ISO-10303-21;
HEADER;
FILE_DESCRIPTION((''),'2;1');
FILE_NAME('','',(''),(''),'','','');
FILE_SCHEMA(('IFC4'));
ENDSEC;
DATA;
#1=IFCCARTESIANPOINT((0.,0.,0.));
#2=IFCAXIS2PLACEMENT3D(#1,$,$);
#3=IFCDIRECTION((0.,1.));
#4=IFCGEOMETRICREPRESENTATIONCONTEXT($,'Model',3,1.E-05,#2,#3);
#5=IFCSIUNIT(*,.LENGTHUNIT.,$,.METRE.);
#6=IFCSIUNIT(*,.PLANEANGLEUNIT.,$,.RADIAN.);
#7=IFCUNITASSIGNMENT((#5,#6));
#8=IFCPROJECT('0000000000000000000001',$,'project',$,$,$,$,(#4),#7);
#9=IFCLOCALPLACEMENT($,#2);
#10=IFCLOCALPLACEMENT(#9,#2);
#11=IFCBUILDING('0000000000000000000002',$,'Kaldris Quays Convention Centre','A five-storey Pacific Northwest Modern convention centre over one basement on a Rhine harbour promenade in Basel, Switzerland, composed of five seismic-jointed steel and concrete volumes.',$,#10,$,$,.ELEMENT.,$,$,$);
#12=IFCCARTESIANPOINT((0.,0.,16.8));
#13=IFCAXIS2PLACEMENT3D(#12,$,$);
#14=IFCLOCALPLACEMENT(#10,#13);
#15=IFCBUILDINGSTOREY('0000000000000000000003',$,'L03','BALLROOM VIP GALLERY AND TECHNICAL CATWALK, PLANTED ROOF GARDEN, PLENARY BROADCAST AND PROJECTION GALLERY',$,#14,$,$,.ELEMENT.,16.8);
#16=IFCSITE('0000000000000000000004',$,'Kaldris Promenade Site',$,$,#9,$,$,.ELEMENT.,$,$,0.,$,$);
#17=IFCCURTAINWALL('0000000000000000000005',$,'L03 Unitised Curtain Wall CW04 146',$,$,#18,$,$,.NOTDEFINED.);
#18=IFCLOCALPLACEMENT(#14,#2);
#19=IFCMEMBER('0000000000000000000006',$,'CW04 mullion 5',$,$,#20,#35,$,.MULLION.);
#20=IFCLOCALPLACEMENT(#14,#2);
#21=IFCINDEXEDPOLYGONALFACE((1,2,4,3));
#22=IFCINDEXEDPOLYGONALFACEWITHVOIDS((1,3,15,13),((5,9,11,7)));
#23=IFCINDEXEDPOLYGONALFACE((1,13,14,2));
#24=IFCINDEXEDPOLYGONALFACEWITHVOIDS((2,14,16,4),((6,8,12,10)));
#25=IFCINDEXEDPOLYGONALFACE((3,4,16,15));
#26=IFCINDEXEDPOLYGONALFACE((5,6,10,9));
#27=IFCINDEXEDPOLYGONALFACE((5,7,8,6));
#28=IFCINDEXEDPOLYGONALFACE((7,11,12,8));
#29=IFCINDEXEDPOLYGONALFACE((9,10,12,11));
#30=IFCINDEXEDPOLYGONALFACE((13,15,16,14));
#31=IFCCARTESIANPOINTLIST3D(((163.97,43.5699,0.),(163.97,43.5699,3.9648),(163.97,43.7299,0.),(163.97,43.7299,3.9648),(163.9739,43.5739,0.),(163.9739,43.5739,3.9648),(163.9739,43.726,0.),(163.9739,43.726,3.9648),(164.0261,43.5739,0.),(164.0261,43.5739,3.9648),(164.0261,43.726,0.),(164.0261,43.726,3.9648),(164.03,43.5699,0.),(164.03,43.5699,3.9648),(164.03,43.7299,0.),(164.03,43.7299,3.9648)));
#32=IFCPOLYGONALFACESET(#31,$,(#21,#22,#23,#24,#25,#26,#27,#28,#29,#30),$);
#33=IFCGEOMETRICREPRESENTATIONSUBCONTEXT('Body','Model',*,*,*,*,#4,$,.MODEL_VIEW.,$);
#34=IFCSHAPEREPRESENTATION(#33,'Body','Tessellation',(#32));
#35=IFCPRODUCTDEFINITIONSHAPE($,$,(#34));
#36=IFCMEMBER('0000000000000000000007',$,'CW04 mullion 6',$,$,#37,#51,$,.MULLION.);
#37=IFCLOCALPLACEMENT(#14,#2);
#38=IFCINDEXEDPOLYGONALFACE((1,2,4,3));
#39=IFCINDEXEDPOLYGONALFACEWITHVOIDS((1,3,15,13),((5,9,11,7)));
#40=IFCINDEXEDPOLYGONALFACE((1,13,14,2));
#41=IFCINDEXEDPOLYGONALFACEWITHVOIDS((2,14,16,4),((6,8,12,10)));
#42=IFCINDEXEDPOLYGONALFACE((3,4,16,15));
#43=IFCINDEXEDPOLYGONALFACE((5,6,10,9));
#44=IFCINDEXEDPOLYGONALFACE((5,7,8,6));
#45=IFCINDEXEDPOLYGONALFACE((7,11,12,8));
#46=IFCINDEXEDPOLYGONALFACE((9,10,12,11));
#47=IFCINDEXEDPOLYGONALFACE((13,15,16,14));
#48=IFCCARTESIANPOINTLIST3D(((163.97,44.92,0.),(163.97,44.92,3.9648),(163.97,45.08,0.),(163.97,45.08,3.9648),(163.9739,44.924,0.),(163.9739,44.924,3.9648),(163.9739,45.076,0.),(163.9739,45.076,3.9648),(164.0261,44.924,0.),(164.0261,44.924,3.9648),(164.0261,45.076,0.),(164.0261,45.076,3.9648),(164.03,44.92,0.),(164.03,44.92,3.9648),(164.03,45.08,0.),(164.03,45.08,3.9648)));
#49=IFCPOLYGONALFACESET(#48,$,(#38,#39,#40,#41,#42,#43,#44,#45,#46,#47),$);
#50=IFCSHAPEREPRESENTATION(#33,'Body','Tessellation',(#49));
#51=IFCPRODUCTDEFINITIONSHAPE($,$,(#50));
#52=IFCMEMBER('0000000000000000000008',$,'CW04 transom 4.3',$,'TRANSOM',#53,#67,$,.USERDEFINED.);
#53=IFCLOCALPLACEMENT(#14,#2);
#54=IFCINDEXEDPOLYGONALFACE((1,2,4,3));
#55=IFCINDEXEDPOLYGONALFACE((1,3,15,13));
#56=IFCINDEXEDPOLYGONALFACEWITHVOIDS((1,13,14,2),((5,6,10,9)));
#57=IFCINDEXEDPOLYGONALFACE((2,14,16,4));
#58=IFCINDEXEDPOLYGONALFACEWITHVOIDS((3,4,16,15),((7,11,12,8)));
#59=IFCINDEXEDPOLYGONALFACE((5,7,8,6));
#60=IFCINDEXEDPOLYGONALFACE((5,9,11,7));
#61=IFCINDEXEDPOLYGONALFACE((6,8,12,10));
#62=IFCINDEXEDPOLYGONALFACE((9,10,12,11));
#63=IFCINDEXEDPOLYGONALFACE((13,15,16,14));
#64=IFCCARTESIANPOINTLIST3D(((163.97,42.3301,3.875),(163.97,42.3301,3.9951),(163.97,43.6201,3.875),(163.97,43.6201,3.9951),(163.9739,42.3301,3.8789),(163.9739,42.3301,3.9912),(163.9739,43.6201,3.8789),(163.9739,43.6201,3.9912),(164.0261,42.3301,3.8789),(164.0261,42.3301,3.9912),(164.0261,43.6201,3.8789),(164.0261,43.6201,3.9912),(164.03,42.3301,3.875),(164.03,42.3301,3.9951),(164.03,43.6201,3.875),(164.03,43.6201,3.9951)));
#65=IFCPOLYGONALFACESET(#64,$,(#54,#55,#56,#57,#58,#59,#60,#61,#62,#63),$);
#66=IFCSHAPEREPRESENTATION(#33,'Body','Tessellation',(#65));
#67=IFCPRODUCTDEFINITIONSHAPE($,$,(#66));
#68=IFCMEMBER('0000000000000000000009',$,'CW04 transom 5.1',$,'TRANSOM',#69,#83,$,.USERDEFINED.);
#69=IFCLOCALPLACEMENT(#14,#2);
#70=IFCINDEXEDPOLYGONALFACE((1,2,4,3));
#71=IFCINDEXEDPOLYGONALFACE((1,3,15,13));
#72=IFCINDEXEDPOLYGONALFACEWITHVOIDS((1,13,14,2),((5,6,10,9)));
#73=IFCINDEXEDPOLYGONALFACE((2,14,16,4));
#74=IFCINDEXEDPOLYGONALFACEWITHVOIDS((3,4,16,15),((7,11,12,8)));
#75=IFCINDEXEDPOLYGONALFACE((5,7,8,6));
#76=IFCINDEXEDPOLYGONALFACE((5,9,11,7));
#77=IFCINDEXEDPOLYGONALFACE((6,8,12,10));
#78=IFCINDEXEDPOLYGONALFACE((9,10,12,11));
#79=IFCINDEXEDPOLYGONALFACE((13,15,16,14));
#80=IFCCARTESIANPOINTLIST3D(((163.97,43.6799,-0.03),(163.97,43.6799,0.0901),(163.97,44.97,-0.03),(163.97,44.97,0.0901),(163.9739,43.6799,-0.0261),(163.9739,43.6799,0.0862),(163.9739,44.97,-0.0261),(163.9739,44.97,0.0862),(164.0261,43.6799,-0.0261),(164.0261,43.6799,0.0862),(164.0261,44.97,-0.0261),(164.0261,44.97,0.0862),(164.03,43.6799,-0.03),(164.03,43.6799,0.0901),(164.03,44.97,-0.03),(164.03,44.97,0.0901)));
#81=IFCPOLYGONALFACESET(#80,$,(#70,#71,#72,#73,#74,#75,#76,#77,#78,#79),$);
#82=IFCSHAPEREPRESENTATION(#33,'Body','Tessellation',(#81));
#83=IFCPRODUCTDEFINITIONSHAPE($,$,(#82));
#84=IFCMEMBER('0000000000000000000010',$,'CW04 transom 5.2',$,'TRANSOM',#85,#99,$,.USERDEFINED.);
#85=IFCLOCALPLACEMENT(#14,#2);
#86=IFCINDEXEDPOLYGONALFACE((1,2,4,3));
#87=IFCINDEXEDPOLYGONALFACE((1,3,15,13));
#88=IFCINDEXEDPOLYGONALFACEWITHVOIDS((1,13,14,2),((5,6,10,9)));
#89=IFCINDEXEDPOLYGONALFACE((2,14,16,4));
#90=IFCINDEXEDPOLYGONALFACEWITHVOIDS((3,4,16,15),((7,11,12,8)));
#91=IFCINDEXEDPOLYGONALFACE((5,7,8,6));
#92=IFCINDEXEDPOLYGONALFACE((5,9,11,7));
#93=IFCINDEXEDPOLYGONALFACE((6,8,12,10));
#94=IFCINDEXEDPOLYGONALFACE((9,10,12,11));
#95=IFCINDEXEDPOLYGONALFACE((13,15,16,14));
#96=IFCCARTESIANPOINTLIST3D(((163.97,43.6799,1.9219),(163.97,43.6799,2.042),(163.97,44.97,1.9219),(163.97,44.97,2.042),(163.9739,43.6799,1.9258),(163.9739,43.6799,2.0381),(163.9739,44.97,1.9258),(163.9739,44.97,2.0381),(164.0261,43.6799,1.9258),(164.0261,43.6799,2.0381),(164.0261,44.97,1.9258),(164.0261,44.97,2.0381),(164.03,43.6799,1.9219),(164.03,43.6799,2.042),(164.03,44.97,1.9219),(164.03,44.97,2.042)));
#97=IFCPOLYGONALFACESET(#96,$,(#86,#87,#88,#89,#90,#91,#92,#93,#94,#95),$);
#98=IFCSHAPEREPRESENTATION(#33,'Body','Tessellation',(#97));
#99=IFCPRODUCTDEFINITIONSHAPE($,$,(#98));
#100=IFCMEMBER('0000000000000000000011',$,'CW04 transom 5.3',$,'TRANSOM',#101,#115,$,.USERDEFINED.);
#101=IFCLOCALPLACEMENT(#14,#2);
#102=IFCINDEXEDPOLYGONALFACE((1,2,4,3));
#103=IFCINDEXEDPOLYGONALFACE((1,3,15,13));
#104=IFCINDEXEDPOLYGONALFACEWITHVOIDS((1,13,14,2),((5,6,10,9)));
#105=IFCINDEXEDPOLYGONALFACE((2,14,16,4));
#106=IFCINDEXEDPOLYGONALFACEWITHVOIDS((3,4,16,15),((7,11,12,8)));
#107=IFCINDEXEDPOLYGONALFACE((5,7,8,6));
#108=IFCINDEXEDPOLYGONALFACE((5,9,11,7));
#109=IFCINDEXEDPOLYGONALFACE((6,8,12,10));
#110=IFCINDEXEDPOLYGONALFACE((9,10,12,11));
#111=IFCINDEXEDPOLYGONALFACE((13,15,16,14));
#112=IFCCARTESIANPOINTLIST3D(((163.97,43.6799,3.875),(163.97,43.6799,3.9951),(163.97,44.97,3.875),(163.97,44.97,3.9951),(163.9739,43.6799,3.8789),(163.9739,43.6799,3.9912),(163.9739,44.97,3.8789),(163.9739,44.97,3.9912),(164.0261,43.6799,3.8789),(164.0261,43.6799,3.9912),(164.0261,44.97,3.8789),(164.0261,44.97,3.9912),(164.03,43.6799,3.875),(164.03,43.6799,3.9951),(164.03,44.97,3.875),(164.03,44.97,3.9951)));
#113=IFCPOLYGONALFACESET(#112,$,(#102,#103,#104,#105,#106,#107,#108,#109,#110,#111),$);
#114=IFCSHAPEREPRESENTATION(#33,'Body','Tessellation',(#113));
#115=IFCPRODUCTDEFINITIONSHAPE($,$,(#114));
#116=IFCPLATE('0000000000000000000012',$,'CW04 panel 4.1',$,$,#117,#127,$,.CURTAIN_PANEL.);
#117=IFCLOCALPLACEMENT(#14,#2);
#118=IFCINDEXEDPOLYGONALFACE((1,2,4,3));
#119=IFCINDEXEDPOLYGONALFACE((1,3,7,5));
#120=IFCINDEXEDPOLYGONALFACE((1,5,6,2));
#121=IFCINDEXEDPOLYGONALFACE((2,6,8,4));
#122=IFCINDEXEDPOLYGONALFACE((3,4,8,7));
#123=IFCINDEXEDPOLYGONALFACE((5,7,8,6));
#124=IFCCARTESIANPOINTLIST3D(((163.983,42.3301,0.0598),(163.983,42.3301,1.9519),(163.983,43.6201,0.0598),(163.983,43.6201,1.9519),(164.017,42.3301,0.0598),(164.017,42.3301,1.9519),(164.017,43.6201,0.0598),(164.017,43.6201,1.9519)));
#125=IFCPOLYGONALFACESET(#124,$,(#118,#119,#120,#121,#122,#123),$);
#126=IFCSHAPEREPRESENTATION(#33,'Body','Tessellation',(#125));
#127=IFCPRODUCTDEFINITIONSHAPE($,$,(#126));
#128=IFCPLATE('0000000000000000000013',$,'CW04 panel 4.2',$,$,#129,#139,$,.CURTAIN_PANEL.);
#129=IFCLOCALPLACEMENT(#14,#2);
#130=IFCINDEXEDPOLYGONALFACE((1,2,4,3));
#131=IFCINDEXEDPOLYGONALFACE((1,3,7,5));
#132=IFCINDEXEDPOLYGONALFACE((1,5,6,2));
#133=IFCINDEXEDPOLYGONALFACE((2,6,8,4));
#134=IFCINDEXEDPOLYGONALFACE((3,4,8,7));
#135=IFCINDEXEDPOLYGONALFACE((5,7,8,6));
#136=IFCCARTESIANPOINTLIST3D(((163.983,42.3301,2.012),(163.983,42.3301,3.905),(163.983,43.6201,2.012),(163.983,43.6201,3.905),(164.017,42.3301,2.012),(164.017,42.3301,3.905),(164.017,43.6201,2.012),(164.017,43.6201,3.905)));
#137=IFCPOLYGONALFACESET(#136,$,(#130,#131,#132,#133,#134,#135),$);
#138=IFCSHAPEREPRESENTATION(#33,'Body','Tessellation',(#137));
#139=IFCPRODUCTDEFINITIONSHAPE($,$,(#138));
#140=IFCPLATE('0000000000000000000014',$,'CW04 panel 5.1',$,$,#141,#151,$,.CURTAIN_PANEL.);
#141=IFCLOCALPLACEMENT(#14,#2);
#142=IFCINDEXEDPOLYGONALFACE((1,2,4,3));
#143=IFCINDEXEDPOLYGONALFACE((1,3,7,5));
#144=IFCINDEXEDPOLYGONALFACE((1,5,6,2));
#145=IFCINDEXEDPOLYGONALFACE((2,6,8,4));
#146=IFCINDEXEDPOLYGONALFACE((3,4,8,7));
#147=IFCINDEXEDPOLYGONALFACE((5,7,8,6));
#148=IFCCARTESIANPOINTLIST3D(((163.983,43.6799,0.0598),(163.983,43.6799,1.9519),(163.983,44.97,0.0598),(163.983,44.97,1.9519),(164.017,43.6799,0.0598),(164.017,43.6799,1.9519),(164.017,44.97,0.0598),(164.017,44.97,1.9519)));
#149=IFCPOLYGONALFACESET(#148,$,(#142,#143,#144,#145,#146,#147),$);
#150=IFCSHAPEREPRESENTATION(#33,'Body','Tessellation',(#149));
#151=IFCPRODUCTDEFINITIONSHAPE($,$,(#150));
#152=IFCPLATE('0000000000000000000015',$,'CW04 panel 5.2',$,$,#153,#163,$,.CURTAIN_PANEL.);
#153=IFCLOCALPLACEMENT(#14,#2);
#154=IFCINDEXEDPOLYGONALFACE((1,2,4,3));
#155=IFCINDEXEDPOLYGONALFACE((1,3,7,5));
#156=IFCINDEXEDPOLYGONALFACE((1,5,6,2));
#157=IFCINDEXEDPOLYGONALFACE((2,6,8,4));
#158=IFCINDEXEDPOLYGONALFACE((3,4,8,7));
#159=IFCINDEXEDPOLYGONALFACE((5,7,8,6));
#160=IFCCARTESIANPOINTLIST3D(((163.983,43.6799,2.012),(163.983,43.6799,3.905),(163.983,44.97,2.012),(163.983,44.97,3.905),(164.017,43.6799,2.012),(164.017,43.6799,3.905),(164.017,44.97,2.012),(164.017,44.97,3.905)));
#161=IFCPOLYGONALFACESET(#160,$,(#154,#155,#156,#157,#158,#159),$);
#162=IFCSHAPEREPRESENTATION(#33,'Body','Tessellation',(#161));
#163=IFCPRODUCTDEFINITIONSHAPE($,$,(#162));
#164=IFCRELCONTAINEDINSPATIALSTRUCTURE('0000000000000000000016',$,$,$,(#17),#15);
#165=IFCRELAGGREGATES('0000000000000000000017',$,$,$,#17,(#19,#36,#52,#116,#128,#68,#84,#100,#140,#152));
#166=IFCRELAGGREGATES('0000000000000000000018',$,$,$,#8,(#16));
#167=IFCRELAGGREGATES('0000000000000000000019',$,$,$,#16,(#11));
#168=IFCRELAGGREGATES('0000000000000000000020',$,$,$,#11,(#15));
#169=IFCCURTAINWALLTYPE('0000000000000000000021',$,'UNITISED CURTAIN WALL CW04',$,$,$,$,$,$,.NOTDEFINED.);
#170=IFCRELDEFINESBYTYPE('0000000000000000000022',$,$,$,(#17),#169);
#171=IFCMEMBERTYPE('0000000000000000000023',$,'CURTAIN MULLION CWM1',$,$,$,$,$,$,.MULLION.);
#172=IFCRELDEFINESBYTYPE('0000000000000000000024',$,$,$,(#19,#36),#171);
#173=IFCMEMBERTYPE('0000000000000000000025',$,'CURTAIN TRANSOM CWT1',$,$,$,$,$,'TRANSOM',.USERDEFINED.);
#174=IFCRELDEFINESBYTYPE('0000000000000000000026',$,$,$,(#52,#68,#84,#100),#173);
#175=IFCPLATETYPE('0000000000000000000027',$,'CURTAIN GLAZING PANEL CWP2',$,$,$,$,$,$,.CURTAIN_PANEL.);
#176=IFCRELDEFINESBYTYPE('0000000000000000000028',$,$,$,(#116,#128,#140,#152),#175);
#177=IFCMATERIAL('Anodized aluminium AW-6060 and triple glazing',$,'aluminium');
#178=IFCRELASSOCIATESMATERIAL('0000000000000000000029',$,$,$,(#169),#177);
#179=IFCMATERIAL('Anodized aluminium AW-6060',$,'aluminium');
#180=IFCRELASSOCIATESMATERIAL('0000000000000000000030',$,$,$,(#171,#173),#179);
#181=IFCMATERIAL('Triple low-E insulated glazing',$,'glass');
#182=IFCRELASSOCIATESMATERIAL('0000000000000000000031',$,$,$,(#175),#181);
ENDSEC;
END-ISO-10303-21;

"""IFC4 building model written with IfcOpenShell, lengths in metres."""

from ifc_helpers import new_model, si_unit, direction, frame, origin, origin_2d, place, context, subcontext, project, spatial, rectangle, hollow_rectangle, extrude, material, material_profile, profile_set, type_object, element, aggregate, save


model = new_model("IFC4")

# Units and contexts
model_context = context("Model", 3, precision=1e-05, world=origin(), true_north=direction((0.0, 1.0)))
body_context = subcontext(model_context, "Body", "Model", "MODEL_VIEW")
ifc_project = project(units=[si_unit("LENGTHUNIT", "METRE"), si_unit("PLANEANGLEUNIT", "RADIAN")], contexts=[model_context])

# Site, building, storey
site_placement = place(None, origin())
site = spatial("IfcSite", under=ifc_project, at=site_placement, Name="Kaldris Promenade Site", CompositionType="ELEMENT", RefElevation=0.0)
building_placement = place(site_placement, origin())
building = spatial("IfcBuilding", under=site, at=building_placement, Name="Kaldris Quays Convention Centre", Description="A five-storey Pacific Northwest Modern convention centre over one basement on a Rhine harbour promenade in Basel, Switzerland, composed of five seismic-jointed steel and concrete volumes.", CompositionType="ELEMENT")
storey_placement = place(building_placement, frame((0.0, 0.0, 16.8)))
storey = spatial("IfcBuildingStorey", under=building, at=storey_placement, Name="L03", Description="BALLROOM VIP GALLERY AND TECHNICAL CATWALK, PLANTED ROOF GARDEN, PLENARY BROADCAST AND PROJECTION GALLERY", CompositionType="ELEMENT", Elevation=16.8)

# Curtain wall, members, plates
ifc_material_1 = material(Name="Anodized aluminium AW-6060 and triple glazing", Category="aluminium")
curtain_wall_type = type_object("IfcCurtainWallType", Name="UNITISED CURTAIN WALL CW04", PredefinedType="NOTDEFINED", material=ifc_material_1)
curtain_wall_placement = place(storey_placement, origin())
curtain_wall = element("IfcCurtainWall", 1, at=curtain_wall_placement, inside=storey, type_object=curtain_wall_type, Name="L03 Unitised Curtain Wall CW04 146", PredefinedType="NOTDEFINED")
ifc_material_2 = material(Name="Anodized aluminium AW-6060", Category="aluminium")
ifc_material_profile_1 = material_profile(ifc_material_2, hollow_rectangle(XDim=0.0601, YDim=0.1599, WallThickness=0.0039, at=origin_2d()), Name="RHS 160x60x4")
ifc_profile_set_1 = profile_set([ifc_material_profile_1], Name="Anodized aluminium AW-6060")
member_type_1 = type_object("IfcMemberType", Name="CURTAIN MULLION CWM1", PredefinedType="MULLION", material=ifc_profile_set_1)
member_1_placement = place(storey_placement, frame((164.0, 43.6499, 0.0), z_axis=(0.0, 0.0, 1.0), x_axis=(-1.0, 0.0, 0.0)))
member_1 = element("IfcMember", 2, at=member_1_placement, type_object=member_type_1, Name="CW04 mullion 5", PredefinedType="MULLION", context=body_context, shape_type="SweptSolid", body=[
    extrude(hollow_rectangle(XDim=0.0601, YDim=0.1599, WallThickness=0.0039, at=origin_2d()), origin(), (0.0, 0.0, 1.0), 3.9648),
])
member_2_placement = place(storey_placement, frame((164.0, 45.0, 0.0), z_axis=(0.0, 0.0, 1.0), x_axis=(-1.0, 0.0, 0.0)))
member_2 = element("IfcMember", 3, at=member_2_placement, type_object=member_type_1, Name="CW04 mullion 6", PredefinedType="MULLION", context=body_context, shape_type="SweptSolid", body=[
    extrude(hollow_rectangle(XDim=0.0601, YDim=0.1599, WallThickness=0.0039, at=origin_2d()), origin(), (0.0, 0.0, 1.0), 3.9648),
])
ifc_material_profile_2 = material_profile(ifc_material_2, hollow_rectangle(XDim=0.0601, YDim=0.1201, WallThickness=0.0039, at=origin_2d()), Name="RHS 120x60x4")
ifc_profile_set_2 = profile_set([ifc_material_profile_2], Name="Anodized aluminium AW-6060")
member_type_2 = type_object("IfcMemberType", Name="CURTAIN TRANSOM CWT1", ElementType="TRANSOM", PredefinedType="USERDEFINED", material=ifc_profile_set_2)
member_3_placement = place(storey_placement, frame((164.0, 42.3301, 3.9351), z_axis=(0.0, 1.0, 0.0), x_axis=(-1.0, 0.0, 0.0)))
member_3 = element("IfcMember", 4, at=member_3_placement, type_object=member_type_2, Name="CW04 transom 4.3", ObjectType="TRANSOM", PredefinedType="USERDEFINED", context=body_context, shape_type="SweptSolid", body=[
    extrude(hollow_rectangle(XDim=0.0601, YDim=0.1201, WallThickness=0.0039, at=origin_2d()), origin(), (0.0, 0.0, 1.0), 1.29),
])
member_4_placement = place(storey_placement, frame((164.0, 43.6799, 0.03), z_axis=(0.0, 1.0, 0.0), x_axis=(-1.0, 0.0, 0.0)))
member_4 = element("IfcMember", 5, at=member_4_placement, type_object=member_type_2, Name="CW04 transom 5.1", ObjectType="TRANSOM", PredefinedType="USERDEFINED", context=body_context, shape_type="SweptSolid", body=[
    extrude(hollow_rectangle(XDim=0.0601, YDim=0.1201, WallThickness=0.0039, at=origin_2d()), origin(), (0.0, 0.0, 1.0), 1.29),
])
member_5_placement = place(storey_placement, frame((164.0, 43.6799, 1.9819), z_axis=(0.0, 1.0, 0.0), x_axis=(-1.0, 0.0, 0.0)))
member_5 = element("IfcMember", 6, at=member_5_placement, type_object=member_type_2, Name="CW04 transom 5.2", ObjectType="TRANSOM", PredefinedType="USERDEFINED", context=body_context, shape_type="SweptSolid", body=[
    extrude(hollow_rectangle(XDim=0.0601, YDim=0.1201, WallThickness=0.0039, at=origin_2d()), origin(), (0.0, 0.0, 1.0), 1.29),
])
member_6_placement = place(storey_placement, frame((164.0, 43.6799, 3.9351), z_axis=(0.0, 1.0, 0.0), x_axis=(-1.0, 0.0, 0.0)))
member_6 = element("IfcMember", 7, at=member_6_placement, type_object=member_type_2, Name="CW04 transom 5.3", ObjectType="TRANSOM", PredefinedType="USERDEFINED", context=body_context, shape_type="SweptSolid", body=[
    extrude(hollow_rectangle(XDim=0.0601, YDim=0.1201, WallThickness=0.0039, at=origin_2d()), origin(), (0.0, 0.0, 1.0), 1.29),
])
ifc_material_3 = material(Name="Triple low-E insulated glazing", Category="glass")
plate_type = type_object("IfcPlateType", Name="CURTAIN GLAZING PANEL CWP2", PredefinedType="CURTAIN_PANEL", material=ifc_material_3)
plate_1_placement = place(storey_placement, frame((164.0, 42.9751, 0.0598), z_axis=(0.0, 0.0, 1.0), x_axis=(0.0, 1.0, 0.0)))
plate_1 = element("IfcPlate", 8, at=plate_1_placement, type_object=plate_type, Name="CW04 panel 4.1", PredefinedType="CURTAIN_PANEL", context=body_context, shape_type="SweptSolid", body=[
    extrude(rectangle(XDim=1.29, YDim=0.0339, at=origin_2d()), origin(), (0.0, 0.0, 1.0), 1.8921),
])
plate_2_placement = place(storey_placement, frame((164.0, 42.9751, 2.012), z_axis=(0.0, 0.0, 1.0), x_axis=(0.0, 1.0, 0.0)))
plate_2 = element("IfcPlate", 9, at=plate_2_placement, type_object=plate_type, Name="CW04 panel 4.2", PredefinedType="CURTAIN_PANEL", context=body_context, shape_type="SweptSolid", body=[
    extrude(rectangle(XDim=1.29, YDim=0.0339, at=origin_2d()), origin(), (0.0, 0.0, 1.0), 1.8931),
])
plate_3_placement = place(storey_placement, frame((164.0, 44.325, 0.0598), z_axis=(0.0, 0.0, 1.0), x_axis=(0.0, 1.0, 0.0)))
plate_3 = element("IfcPlate", 10, at=plate_3_placement, type_object=plate_type, Name="CW04 panel 5.1", PredefinedType="CURTAIN_PANEL", context=body_context, shape_type="SweptSolid", body=[
    extrude(rectangle(XDim=1.29, YDim=0.0339, at=origin_2d()), origin(), (0.0, 0.0, 1.0), 1.8921),
])
plate_4_placement = place(storey_placement, frame((164.0, 44.325, 2.012), z_axis=(0.0, 0.0, 1.0), x_axis=(0.0, 1.0, 0.0)))
plate_4 = element("IfcPlate", 11, at=plate_4_placement, type_object=plate_type, Name="CW04 panel 5.2", PredefinedType="CURTAIN_PANEL", context=body_context, shape_type="SweptSolid", body=[
    extrude(rectangle(XDim=1.29, YDim=0.0339, at=origin_2d()), origin(), (0.0, 0.0, 1.0), 1.8931),
])
aggregate(curtain_wall, [member_1, member_2, member_3, plate_1, plate_2, member_4, member_5, member_6, plate_3, plate_4])

save(model, "model.ifc")
